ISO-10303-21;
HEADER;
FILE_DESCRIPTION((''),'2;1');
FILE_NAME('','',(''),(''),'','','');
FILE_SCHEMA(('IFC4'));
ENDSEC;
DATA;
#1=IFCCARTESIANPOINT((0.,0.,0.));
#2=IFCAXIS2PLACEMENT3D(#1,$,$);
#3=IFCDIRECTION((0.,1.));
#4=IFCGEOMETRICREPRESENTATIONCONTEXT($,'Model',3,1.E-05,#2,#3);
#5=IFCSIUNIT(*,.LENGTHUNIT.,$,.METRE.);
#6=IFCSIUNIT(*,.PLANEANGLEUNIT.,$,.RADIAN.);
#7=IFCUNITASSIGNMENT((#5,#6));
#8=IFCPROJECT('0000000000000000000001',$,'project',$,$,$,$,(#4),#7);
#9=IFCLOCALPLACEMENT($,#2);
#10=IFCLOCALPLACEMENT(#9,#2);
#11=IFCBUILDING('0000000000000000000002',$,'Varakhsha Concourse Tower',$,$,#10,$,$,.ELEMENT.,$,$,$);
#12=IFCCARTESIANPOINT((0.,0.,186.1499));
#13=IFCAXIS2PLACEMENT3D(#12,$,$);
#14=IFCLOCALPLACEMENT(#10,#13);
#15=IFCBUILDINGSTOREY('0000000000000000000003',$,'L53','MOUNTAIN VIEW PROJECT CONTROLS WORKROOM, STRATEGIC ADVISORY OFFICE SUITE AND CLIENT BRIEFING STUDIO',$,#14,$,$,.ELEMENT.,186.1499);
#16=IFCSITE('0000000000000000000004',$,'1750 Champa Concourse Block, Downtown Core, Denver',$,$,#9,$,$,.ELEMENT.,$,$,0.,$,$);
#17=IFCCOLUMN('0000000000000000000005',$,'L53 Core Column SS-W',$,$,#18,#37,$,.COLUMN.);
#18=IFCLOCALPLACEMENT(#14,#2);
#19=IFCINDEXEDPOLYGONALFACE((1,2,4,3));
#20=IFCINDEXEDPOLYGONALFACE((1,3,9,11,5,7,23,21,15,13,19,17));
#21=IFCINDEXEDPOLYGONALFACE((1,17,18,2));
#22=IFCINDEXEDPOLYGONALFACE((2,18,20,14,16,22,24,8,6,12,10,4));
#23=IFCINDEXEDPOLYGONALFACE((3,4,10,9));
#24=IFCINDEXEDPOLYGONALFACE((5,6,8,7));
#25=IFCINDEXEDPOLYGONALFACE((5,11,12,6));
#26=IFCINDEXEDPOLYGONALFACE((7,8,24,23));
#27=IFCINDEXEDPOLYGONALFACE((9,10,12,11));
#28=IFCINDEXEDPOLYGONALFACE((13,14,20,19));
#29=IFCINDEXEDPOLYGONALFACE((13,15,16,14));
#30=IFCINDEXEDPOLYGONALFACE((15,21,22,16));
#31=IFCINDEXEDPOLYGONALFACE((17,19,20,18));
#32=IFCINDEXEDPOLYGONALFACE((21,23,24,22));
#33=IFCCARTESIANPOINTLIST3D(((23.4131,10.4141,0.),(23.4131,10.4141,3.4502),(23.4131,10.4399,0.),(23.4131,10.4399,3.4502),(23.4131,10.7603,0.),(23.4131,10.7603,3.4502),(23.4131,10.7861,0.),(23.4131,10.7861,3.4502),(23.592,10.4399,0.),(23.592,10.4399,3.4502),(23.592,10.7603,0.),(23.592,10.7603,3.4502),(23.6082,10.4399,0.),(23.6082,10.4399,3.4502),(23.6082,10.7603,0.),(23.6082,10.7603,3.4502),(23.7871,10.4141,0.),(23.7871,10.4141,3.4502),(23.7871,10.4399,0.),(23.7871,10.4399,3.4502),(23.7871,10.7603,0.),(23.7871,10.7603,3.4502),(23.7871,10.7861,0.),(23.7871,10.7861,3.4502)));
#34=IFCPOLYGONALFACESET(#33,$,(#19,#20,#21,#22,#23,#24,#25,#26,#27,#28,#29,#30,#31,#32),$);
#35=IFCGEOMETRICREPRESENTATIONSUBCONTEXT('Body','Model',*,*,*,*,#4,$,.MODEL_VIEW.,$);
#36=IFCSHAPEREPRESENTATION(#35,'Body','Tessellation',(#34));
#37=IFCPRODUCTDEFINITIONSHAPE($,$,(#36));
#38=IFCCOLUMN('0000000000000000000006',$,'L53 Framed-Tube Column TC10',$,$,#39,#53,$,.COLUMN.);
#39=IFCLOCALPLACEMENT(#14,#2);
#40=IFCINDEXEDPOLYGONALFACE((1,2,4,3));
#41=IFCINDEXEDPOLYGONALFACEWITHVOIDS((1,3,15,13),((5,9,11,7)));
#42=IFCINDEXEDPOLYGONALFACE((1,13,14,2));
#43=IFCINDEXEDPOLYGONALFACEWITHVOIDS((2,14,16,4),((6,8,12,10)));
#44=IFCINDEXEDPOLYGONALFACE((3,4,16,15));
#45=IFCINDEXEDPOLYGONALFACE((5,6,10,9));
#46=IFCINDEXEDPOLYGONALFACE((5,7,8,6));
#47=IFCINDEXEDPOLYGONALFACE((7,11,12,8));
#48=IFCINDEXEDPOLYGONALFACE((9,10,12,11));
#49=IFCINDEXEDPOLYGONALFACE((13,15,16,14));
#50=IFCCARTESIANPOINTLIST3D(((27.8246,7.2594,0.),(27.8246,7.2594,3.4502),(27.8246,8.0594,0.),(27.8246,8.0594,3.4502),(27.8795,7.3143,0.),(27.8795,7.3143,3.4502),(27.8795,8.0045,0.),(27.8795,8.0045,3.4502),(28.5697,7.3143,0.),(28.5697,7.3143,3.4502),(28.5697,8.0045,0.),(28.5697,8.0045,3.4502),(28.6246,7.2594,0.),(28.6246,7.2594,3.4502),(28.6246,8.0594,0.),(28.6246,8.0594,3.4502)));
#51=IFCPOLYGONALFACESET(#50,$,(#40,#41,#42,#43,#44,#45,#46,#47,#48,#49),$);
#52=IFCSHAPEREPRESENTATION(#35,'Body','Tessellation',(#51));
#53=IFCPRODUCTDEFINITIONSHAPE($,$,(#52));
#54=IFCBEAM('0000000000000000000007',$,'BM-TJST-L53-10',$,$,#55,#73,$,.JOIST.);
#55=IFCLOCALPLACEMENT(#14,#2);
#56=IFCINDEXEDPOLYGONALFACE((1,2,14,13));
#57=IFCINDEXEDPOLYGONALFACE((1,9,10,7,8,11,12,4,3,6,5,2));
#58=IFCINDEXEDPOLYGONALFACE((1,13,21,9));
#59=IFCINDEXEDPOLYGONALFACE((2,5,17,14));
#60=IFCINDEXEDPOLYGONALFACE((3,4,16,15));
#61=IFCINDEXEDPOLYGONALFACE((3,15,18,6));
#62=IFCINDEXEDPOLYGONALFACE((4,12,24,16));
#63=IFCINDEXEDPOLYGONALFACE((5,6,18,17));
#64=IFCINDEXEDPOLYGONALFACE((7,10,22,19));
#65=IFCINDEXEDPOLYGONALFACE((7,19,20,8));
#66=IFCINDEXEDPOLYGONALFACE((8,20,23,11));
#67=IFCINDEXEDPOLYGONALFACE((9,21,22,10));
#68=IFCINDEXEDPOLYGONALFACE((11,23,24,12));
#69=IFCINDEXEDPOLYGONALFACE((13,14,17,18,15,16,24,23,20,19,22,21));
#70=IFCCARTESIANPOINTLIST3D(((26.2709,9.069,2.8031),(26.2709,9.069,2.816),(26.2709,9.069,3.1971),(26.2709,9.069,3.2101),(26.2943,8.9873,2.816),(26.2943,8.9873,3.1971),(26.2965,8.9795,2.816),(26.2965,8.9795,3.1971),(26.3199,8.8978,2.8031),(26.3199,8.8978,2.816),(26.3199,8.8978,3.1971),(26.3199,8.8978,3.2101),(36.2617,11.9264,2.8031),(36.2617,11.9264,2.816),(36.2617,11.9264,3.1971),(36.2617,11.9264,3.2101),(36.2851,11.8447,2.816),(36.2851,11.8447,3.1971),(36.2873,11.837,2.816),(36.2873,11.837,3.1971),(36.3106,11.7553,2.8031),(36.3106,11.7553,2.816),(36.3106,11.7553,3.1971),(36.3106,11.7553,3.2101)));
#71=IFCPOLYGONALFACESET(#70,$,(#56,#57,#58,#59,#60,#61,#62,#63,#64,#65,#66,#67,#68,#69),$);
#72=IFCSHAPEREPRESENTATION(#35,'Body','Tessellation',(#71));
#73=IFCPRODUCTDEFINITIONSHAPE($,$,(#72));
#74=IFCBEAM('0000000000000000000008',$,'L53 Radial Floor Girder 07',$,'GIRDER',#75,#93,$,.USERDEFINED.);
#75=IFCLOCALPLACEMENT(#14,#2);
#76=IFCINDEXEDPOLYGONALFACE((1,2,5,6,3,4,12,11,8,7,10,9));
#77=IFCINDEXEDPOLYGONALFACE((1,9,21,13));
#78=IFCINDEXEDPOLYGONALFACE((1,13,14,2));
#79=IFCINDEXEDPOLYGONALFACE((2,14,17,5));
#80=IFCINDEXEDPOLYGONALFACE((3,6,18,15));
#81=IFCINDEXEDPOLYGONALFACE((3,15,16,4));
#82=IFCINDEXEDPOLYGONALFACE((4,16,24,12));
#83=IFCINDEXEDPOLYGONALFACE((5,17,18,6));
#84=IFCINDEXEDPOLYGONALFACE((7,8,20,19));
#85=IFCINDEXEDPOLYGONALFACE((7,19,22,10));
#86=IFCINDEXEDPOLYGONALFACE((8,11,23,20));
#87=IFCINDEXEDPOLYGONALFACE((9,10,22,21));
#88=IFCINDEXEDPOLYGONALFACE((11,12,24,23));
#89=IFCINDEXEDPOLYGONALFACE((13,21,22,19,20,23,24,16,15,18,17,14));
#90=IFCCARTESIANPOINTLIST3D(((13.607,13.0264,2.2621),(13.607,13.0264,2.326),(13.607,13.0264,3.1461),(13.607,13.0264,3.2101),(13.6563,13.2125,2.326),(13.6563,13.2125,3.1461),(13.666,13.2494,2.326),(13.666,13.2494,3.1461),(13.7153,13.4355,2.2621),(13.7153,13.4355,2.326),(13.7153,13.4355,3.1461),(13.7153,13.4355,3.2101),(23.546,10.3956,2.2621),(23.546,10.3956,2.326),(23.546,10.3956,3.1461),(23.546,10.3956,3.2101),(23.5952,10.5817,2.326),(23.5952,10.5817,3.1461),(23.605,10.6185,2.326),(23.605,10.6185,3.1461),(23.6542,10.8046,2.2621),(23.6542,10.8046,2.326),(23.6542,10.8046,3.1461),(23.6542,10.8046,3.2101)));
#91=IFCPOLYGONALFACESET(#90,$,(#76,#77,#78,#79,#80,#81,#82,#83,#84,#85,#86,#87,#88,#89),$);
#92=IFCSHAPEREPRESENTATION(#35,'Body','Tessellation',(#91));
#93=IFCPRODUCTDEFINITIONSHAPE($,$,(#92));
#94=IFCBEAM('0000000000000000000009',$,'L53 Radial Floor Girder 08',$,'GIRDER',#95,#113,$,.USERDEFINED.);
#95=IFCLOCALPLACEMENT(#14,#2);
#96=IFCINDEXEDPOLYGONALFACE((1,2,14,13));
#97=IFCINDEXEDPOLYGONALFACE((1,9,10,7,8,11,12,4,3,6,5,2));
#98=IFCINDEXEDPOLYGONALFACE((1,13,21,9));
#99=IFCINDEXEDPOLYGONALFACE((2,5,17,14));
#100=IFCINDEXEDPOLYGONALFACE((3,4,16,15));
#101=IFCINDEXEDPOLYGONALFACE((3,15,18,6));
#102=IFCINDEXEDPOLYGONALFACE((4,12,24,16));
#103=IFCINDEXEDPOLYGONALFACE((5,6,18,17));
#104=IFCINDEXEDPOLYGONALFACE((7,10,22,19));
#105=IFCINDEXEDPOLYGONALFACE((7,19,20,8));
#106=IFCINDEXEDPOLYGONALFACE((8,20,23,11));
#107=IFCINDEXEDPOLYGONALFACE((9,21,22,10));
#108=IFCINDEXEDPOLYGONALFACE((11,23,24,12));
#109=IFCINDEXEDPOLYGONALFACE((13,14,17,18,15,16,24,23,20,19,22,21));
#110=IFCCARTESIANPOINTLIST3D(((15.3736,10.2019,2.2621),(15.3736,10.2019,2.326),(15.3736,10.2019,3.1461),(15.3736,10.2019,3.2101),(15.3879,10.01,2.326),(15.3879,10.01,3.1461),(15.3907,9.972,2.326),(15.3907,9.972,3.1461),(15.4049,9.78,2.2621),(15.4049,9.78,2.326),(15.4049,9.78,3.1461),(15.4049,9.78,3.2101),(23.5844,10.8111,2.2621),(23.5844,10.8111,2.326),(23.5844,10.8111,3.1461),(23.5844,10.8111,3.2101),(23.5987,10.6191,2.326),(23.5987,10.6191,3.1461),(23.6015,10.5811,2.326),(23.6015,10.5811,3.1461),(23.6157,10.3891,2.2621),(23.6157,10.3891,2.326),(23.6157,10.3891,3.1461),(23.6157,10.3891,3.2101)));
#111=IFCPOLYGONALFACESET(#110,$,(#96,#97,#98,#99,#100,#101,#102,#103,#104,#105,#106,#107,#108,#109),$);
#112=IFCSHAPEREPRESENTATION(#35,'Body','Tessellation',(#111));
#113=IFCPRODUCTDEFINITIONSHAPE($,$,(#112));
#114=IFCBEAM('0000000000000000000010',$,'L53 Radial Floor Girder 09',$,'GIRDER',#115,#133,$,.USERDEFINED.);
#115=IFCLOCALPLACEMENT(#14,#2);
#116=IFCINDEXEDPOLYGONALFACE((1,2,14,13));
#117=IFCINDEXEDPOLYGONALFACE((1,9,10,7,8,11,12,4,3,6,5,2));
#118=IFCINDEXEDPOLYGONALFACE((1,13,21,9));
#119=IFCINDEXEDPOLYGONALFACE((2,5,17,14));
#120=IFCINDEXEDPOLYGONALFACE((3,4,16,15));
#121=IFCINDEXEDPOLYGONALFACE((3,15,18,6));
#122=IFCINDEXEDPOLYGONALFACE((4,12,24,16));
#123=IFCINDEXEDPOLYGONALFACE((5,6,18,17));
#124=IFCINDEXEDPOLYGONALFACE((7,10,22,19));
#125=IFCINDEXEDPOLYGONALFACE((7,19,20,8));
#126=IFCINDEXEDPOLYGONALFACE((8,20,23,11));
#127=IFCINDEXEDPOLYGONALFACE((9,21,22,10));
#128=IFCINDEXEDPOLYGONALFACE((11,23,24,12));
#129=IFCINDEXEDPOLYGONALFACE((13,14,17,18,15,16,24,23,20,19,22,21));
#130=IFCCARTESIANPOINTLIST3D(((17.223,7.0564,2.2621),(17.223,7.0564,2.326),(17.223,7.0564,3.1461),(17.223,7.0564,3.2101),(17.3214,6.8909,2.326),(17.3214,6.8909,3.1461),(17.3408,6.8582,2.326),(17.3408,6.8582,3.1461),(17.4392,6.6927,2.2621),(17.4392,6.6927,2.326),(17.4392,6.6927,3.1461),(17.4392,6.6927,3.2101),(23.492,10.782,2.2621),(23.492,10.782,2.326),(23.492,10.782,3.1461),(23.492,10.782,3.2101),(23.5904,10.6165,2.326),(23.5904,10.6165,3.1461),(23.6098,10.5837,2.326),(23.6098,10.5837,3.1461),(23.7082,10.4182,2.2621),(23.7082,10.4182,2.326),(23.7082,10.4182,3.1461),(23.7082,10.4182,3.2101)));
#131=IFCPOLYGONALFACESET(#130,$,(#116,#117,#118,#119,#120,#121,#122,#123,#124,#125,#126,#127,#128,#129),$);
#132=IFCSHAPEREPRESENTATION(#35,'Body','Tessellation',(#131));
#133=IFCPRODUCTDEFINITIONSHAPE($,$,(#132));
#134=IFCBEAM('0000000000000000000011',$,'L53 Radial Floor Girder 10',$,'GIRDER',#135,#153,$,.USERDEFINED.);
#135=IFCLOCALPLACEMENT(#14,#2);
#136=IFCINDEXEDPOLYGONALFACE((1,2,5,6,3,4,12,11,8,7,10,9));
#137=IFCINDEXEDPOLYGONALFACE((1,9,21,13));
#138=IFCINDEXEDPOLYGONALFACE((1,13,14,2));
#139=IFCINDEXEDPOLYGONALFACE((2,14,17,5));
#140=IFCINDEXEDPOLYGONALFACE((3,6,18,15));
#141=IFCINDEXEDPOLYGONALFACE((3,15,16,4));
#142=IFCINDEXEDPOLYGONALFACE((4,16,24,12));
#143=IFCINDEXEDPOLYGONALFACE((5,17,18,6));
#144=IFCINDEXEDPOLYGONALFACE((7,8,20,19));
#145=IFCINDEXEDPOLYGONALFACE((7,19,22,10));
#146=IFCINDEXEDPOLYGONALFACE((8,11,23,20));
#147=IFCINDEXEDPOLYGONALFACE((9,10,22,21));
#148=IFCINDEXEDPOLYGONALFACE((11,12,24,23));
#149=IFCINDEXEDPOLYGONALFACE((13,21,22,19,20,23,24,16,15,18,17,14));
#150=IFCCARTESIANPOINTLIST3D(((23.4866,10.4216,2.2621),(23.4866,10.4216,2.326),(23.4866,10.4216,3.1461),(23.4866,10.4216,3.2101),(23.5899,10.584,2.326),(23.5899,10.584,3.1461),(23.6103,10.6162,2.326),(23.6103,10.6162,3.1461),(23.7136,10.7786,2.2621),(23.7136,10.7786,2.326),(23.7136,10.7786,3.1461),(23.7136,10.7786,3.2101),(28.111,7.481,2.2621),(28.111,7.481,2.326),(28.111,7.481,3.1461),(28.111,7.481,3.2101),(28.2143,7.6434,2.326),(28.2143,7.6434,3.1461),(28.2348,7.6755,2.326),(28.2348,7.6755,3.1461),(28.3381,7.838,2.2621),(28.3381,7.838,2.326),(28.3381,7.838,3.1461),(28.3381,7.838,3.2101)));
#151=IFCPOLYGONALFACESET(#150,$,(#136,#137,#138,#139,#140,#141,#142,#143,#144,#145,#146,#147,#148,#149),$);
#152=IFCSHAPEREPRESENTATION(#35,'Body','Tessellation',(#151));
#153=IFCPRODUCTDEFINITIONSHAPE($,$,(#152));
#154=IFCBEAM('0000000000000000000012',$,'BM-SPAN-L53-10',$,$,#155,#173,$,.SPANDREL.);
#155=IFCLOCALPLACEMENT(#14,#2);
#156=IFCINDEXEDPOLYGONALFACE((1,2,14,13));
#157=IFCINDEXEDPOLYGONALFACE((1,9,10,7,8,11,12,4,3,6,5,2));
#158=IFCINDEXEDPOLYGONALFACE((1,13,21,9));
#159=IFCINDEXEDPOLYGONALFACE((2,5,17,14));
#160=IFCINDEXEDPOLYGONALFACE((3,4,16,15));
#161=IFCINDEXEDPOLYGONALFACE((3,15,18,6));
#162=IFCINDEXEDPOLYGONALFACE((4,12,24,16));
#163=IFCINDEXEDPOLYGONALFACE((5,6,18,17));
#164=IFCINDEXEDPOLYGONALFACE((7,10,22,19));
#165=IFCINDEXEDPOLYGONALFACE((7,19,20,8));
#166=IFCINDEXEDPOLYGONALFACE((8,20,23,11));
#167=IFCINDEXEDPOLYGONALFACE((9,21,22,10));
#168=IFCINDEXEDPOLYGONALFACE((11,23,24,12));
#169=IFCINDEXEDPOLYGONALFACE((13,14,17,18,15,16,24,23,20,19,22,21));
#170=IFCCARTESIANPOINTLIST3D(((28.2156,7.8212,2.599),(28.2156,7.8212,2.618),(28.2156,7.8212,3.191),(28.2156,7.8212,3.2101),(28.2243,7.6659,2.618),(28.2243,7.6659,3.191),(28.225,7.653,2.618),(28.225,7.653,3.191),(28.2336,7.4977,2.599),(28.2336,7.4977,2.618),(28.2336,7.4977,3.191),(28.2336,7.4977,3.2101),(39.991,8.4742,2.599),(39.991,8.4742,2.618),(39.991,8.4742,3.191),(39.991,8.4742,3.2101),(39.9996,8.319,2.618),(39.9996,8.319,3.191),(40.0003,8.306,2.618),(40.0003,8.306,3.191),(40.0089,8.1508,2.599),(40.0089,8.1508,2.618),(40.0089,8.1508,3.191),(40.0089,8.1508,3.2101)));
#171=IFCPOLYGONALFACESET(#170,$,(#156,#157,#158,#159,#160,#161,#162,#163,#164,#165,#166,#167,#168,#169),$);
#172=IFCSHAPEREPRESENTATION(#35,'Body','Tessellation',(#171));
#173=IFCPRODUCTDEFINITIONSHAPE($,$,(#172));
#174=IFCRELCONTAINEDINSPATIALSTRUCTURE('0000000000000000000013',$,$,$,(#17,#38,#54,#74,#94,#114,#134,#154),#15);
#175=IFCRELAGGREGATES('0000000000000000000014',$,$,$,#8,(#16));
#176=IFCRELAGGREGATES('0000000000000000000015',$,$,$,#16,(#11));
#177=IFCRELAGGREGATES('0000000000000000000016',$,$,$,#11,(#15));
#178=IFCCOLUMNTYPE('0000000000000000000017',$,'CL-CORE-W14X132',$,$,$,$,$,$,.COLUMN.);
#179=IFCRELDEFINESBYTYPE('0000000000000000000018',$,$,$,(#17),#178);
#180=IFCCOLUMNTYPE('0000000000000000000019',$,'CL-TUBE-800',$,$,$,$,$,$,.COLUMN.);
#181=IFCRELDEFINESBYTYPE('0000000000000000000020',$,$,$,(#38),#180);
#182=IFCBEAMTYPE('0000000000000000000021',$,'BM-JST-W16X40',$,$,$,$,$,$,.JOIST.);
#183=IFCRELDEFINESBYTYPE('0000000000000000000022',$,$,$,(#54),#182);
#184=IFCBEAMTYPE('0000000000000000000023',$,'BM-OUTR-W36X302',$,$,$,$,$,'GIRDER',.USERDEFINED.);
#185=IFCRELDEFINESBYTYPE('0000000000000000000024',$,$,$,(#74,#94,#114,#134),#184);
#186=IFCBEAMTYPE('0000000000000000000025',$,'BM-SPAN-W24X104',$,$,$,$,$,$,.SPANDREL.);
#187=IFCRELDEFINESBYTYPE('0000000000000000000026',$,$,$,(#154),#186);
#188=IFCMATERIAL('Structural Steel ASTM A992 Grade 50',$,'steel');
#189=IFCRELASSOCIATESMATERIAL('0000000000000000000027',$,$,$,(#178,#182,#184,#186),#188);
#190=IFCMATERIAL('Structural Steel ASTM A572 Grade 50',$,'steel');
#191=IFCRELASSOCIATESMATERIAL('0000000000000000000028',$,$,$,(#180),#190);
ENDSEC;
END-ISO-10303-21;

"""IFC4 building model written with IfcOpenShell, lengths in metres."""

from ifc_helpers import new_model, si_unit, direction, frame, origin, origin_2d, place, context, subcontext, project, spatial, hollow_rectangle, i_section, extrude, material, material_profile, profile_set, type_object, element, save


model = new_model("IFC4")

# Units and contexts
model_context = context("Model", 3, precision=1e-05, world=origin(), true_north=direction((0.0, 1.0)))
body_context = subcontext(model_context, "Body", "Model", "MODEL_VIEW")
ifc_project = project(units=[si_unit("LENGTHUNIT", "METRE"), si_unit("PLANEANGLEUNIT", "RADIAN")], contexts=[model_context])

# Site, building, storey
site_placement = place(None, origin())
site = spatial("IfcSite", under=ifc_project, at=site_placement, Name="1750 Champa Concourse Block, Downtown Core, Denver", CompositionType="ELEMENT", RefElevation=0.0)
building_placement = place(site_placement, origin())
building = spatial("IfcBuilding", under=site, at=building_placement, Name="Varakhsha Concourse Tower", CompositionType="ELEMENT")
storey_placement = place(building_placement, frame((0.0, 0.0, 186.1499)))
storey = spatial("IfcBuildingStorey", under=building, at=storey_placement, Name="L53", Description="MOUNTAIN VIEW PROJECT CONTROLS WORKROOM, STRATEGIC ADVISORY OFFICE SUITE AND CLIENT BRIEFING STUDIO", CompositionType="ELEMENT", Elevation=186.1499)

# Columns
ifc_material_1 = material(Name="Structural Steel ASTM A992 Grade 50", Category="steel")
ifc_material_profile_1 = material_profile(ifc_material_1, i_section(OverallWidth=0.374, OverallDepth=0.3721, WebThickness=0.0161, FlangeThickness=0.0259, at=origin_2d()), Name="W14X132")
ifc_profile_set_1 = profile_set([ifc_material_profile_1], Name="Structural Steel ASTM A992 Grade 50")
column_type_1 = type_object("IfcColumnType", Name="CL-CORE-W14X132", PredefinedType="COLUMN", material=ifc_profile_set_1)
column_1_placement = place(storey_placement, frame((23.6001, 10.6001, 0.0), z_axis=(0.0, 0.0, 1.0), x_axis=(1.0, 0.0, 0.0)))
element("IfcColumn", 1, at=column_1_placement, inside=storey, type_object=column_type_1, Name="L53 Core Column SS-W", PredefinedType="COLUMN", context=body_context, shape_type="SweptSolid", body=[
    extrude(i_section(OverallWidth=0.374, OverallDepth=0.3721, WebThickness=0.0161, FlangeThickness=0.0259, at=origin_2d()), origin(), (0.0, 0.0, 1.0), 3.4502),
])
ifc_material_2 = material(Name="Structural Steel ASTM A572 Grade 50", Category="steel")
ifc_material_profile_2 = material_profile(ifc_material_2, hollow_rectangle(XDim=0.8, YDim=0.8, WallThickness=0.0549, at=origin_2d()), Name="BOX 800x800x55")
ifc_profile_set_2 = profile_set([ifc_material_profile_2], Name="Structural Steel ASTM A572 Grade 50")
column_type_2 = type_object("IfcColumnType", Name="CL-TUBE-800", PredefinedType="COLUMN", material=ifc_profile_set_2)
column_2_placement = place(storey_placement, frame((28.2246, 7.6594, 0.0), z_axis=(0.0, 0.0, 1.0), x_axis=(1.0, 0.0, 0.0)))
element("IfcColumn", 2, at=column_2_placement, inside=storey, type_object=column_type_2, Name="L53 Framed-Tube Column TC10", PredefinedType="COLUMN", context=body_context, shape_type="SweptSolid", body=[
    extrude(hollow_rectangle(XDim=0.8, YDim=0.8, WallThickness=0.0549, at=origin_2d()), origin(), (0.0, 0.0, 1.0), 3.4502),
])

# Beams
ifc_material_profile_3 = material_profile(ifc_material_1, i_section(OverallWidth=0.178, OverallDepth=0.407, WebThickness=0.0081, FlangeThickness=0.0129, at=origin_2d()), Name="W16X40")
ifc_profile_set_3 = profile_set([ifc_material_profile_3], Name="Structural Steel ASTM A992 Grade 50")
beam_type_1 = type_object("IfcBeamType", Name="BM-JST-W16X40", PredefinedType="JOIST", material=ifc_profile_set_3)
beam_1_placement = place(storey_placement, frame((26.2954, 8.9834, 3.0066), z_axis=(0.961449, 0.274982, 0.0), x_axis=(-0.274982, 0.961449, 0.0)))
element("IfcBeam", 3, at=beam_1_placement, inside=storey, type_object=beam_type_1, Name="BM-TJST-L53-10", PredefinedType="JOIST", context=body_context, shape_type="SweptSolid", body=[
    extrude(i_section(OverallWidth=0.178, OverallDepth=0.407, WebThickness=0.0081, FlangeThickness=0.0129, at=origin_2d()), origin(), (0.0, 0.0, 1.0), 10.3914),
])
ifc_material_profile_4 = material_profile(ifc_material_1, i_section(OverallWidth=0.4231, OverallDepth=0.948, WebThickness=0.0381, FlangeThickness=0.064, at=origin_2d()), Name="W36X302")
ifc_profile_set_4 = profile_set([ifc_material_profile_4], Name="Structural Steel ASTM A992 Grade 50")
beam_type_2 = type_object("IfcBeamType", Name="BM-OUTR-W36X302", ElementType="GIRDER", PredefinedType="USERDEFINED", material=ifc_profile_set_4)
beam_2_placement = place(storey_placement, frame((23.6001, 10.6001, 2.7361), z_axis=(-0.966706, 0.255889, 0.0), x_axis=(-0.255889, -0.966706, 0.0)))
element("IfcBeam", 4, at=beam_2_placement, inside=storey, type_object=beam_type_2, Name="L53 Radial Floor Girder 07", ObjectType="GIRDER", PredefinedType="USERDEFINED", context=body_context, shape_type="SweptSolid", body=[
    extrude(i_section(OverallWidth=0.4231, OverallDepth=0.948, WebThickness=0.0381, FlangeThickness=0.064, at=origin_2d()), origin(), (0.0, 0.0, 1.0), 10.2812),
])
beam_3_placement = place(storey_placement, frame((23.6001, 10.6001, 2.7361), z_axis=(-0.99726, -0.073982, 0.0), x_axis=(0.073982, -0.99726, 0.0)))
element("IfcBeam", 5, at=beam_3_placement, inside=storey, type_object=beam_type_2, Name="L53 Radial Floor Girder 08", ObjectType="GIRDER", PredefinedType="USERDEFINED", context=body_context, shape_type="SweptSolid", body=[
    extrude(i_section(OverallWidth=0.4231, OverallDepth=0.948, WebThickness=0.0381, FlangeThickness=0.064, at=origin_2d()), origin(), (0.0, 0.0, 1.0), 8.2334),
])
beam_4_placement = place(storey_placement, frame((23.6001, 10.6001, 2.7361), z_axis=(-0.859654, -0.510878, 0.0), x_axis=(0.510878, -0.859654, 0.0)))
element("IfcBeam", 6, at=beam_4_placement, inside=storey, type_object=beam_type_2, Name="L53 Radial Floor Girder 09", ObjectType="GIRDER", PredefinedType="USERDEFINED", context=body_context, shape_type="SweptSolid", body=[
    extrude(i_section(OverallWidth=0.4231, OverallDepth=0.948, WebThickness=0.0381, FlangeThickness=0.064, at=origin_2d()), origin(), (0.0, 0.0, 1.0), 7.2925),
])
beam_5_placement = place(storey_placement, frame((23.6001, 10.6001, 2.7361), z_axis=(0.843843, -0.53659, 0.0), x_axis=(0.53659, 0.843843, 0.0)))
element("IfcBeam", 7, at=beam_5_placement, inside=storey, type_object=beam_type_2, Name="L53 Radial Floor Girder 10", ObjectType="GIRDER", PredefinedType="USERDEFINED", context=body_context, shape_type="SweptSolid", body=[
    extrude(i_section(OverallWidth=0.4231, OverallDepth=0.948, WebThickness=0.0381, FlangeThickness=0.064, at=origin_2d()), origin(), (0.0, 0.0, 1.0), 5.4802),
])
ifc_material_profile_5 = material_profile(ifc_material_1, i_section(OverallWidth=0.324, OverallDepth=0.6111, WebThickness=0.0129, FlangeThickness=0.019, at=origin_2d()), Name="W24X104")
ifc_profile_set_5 = profile_set([ifc_material_profile_5], Name="Structural Steel ASTM A992 Grade 50")
beam_type_3 = type_object("IfcBeamType", Name="BM-SPAN-W24X104", PredefinedType="SPANDREL", material=ifc_profile_set_5)
beam_6_placement = place(storey_placement, frame((28.2246, 7.6594, 2.9045), z_axis=(0.998466, 0.055376, 0.0), x_axis=(-0.055376, 0.998466, 0.0)))
element("IfcBeam", 8, at=beam_6_placement, inside=storey, type_object=beam_type_3, Name="BM-SPAN-L53-10", PredefinedType="SPANDREL", context=body_context, shape_type="SweptSolid", body=[
    extrude(i_section(OverallWidth=0.324, OverallDepth=0.6111, WebThickness=0.0129, FlangeThickness=0.019, at=origin_2d()), origin(), (0.0, 0.0, 1.0), 11.7935),
])

save(model, "model.ifc")
